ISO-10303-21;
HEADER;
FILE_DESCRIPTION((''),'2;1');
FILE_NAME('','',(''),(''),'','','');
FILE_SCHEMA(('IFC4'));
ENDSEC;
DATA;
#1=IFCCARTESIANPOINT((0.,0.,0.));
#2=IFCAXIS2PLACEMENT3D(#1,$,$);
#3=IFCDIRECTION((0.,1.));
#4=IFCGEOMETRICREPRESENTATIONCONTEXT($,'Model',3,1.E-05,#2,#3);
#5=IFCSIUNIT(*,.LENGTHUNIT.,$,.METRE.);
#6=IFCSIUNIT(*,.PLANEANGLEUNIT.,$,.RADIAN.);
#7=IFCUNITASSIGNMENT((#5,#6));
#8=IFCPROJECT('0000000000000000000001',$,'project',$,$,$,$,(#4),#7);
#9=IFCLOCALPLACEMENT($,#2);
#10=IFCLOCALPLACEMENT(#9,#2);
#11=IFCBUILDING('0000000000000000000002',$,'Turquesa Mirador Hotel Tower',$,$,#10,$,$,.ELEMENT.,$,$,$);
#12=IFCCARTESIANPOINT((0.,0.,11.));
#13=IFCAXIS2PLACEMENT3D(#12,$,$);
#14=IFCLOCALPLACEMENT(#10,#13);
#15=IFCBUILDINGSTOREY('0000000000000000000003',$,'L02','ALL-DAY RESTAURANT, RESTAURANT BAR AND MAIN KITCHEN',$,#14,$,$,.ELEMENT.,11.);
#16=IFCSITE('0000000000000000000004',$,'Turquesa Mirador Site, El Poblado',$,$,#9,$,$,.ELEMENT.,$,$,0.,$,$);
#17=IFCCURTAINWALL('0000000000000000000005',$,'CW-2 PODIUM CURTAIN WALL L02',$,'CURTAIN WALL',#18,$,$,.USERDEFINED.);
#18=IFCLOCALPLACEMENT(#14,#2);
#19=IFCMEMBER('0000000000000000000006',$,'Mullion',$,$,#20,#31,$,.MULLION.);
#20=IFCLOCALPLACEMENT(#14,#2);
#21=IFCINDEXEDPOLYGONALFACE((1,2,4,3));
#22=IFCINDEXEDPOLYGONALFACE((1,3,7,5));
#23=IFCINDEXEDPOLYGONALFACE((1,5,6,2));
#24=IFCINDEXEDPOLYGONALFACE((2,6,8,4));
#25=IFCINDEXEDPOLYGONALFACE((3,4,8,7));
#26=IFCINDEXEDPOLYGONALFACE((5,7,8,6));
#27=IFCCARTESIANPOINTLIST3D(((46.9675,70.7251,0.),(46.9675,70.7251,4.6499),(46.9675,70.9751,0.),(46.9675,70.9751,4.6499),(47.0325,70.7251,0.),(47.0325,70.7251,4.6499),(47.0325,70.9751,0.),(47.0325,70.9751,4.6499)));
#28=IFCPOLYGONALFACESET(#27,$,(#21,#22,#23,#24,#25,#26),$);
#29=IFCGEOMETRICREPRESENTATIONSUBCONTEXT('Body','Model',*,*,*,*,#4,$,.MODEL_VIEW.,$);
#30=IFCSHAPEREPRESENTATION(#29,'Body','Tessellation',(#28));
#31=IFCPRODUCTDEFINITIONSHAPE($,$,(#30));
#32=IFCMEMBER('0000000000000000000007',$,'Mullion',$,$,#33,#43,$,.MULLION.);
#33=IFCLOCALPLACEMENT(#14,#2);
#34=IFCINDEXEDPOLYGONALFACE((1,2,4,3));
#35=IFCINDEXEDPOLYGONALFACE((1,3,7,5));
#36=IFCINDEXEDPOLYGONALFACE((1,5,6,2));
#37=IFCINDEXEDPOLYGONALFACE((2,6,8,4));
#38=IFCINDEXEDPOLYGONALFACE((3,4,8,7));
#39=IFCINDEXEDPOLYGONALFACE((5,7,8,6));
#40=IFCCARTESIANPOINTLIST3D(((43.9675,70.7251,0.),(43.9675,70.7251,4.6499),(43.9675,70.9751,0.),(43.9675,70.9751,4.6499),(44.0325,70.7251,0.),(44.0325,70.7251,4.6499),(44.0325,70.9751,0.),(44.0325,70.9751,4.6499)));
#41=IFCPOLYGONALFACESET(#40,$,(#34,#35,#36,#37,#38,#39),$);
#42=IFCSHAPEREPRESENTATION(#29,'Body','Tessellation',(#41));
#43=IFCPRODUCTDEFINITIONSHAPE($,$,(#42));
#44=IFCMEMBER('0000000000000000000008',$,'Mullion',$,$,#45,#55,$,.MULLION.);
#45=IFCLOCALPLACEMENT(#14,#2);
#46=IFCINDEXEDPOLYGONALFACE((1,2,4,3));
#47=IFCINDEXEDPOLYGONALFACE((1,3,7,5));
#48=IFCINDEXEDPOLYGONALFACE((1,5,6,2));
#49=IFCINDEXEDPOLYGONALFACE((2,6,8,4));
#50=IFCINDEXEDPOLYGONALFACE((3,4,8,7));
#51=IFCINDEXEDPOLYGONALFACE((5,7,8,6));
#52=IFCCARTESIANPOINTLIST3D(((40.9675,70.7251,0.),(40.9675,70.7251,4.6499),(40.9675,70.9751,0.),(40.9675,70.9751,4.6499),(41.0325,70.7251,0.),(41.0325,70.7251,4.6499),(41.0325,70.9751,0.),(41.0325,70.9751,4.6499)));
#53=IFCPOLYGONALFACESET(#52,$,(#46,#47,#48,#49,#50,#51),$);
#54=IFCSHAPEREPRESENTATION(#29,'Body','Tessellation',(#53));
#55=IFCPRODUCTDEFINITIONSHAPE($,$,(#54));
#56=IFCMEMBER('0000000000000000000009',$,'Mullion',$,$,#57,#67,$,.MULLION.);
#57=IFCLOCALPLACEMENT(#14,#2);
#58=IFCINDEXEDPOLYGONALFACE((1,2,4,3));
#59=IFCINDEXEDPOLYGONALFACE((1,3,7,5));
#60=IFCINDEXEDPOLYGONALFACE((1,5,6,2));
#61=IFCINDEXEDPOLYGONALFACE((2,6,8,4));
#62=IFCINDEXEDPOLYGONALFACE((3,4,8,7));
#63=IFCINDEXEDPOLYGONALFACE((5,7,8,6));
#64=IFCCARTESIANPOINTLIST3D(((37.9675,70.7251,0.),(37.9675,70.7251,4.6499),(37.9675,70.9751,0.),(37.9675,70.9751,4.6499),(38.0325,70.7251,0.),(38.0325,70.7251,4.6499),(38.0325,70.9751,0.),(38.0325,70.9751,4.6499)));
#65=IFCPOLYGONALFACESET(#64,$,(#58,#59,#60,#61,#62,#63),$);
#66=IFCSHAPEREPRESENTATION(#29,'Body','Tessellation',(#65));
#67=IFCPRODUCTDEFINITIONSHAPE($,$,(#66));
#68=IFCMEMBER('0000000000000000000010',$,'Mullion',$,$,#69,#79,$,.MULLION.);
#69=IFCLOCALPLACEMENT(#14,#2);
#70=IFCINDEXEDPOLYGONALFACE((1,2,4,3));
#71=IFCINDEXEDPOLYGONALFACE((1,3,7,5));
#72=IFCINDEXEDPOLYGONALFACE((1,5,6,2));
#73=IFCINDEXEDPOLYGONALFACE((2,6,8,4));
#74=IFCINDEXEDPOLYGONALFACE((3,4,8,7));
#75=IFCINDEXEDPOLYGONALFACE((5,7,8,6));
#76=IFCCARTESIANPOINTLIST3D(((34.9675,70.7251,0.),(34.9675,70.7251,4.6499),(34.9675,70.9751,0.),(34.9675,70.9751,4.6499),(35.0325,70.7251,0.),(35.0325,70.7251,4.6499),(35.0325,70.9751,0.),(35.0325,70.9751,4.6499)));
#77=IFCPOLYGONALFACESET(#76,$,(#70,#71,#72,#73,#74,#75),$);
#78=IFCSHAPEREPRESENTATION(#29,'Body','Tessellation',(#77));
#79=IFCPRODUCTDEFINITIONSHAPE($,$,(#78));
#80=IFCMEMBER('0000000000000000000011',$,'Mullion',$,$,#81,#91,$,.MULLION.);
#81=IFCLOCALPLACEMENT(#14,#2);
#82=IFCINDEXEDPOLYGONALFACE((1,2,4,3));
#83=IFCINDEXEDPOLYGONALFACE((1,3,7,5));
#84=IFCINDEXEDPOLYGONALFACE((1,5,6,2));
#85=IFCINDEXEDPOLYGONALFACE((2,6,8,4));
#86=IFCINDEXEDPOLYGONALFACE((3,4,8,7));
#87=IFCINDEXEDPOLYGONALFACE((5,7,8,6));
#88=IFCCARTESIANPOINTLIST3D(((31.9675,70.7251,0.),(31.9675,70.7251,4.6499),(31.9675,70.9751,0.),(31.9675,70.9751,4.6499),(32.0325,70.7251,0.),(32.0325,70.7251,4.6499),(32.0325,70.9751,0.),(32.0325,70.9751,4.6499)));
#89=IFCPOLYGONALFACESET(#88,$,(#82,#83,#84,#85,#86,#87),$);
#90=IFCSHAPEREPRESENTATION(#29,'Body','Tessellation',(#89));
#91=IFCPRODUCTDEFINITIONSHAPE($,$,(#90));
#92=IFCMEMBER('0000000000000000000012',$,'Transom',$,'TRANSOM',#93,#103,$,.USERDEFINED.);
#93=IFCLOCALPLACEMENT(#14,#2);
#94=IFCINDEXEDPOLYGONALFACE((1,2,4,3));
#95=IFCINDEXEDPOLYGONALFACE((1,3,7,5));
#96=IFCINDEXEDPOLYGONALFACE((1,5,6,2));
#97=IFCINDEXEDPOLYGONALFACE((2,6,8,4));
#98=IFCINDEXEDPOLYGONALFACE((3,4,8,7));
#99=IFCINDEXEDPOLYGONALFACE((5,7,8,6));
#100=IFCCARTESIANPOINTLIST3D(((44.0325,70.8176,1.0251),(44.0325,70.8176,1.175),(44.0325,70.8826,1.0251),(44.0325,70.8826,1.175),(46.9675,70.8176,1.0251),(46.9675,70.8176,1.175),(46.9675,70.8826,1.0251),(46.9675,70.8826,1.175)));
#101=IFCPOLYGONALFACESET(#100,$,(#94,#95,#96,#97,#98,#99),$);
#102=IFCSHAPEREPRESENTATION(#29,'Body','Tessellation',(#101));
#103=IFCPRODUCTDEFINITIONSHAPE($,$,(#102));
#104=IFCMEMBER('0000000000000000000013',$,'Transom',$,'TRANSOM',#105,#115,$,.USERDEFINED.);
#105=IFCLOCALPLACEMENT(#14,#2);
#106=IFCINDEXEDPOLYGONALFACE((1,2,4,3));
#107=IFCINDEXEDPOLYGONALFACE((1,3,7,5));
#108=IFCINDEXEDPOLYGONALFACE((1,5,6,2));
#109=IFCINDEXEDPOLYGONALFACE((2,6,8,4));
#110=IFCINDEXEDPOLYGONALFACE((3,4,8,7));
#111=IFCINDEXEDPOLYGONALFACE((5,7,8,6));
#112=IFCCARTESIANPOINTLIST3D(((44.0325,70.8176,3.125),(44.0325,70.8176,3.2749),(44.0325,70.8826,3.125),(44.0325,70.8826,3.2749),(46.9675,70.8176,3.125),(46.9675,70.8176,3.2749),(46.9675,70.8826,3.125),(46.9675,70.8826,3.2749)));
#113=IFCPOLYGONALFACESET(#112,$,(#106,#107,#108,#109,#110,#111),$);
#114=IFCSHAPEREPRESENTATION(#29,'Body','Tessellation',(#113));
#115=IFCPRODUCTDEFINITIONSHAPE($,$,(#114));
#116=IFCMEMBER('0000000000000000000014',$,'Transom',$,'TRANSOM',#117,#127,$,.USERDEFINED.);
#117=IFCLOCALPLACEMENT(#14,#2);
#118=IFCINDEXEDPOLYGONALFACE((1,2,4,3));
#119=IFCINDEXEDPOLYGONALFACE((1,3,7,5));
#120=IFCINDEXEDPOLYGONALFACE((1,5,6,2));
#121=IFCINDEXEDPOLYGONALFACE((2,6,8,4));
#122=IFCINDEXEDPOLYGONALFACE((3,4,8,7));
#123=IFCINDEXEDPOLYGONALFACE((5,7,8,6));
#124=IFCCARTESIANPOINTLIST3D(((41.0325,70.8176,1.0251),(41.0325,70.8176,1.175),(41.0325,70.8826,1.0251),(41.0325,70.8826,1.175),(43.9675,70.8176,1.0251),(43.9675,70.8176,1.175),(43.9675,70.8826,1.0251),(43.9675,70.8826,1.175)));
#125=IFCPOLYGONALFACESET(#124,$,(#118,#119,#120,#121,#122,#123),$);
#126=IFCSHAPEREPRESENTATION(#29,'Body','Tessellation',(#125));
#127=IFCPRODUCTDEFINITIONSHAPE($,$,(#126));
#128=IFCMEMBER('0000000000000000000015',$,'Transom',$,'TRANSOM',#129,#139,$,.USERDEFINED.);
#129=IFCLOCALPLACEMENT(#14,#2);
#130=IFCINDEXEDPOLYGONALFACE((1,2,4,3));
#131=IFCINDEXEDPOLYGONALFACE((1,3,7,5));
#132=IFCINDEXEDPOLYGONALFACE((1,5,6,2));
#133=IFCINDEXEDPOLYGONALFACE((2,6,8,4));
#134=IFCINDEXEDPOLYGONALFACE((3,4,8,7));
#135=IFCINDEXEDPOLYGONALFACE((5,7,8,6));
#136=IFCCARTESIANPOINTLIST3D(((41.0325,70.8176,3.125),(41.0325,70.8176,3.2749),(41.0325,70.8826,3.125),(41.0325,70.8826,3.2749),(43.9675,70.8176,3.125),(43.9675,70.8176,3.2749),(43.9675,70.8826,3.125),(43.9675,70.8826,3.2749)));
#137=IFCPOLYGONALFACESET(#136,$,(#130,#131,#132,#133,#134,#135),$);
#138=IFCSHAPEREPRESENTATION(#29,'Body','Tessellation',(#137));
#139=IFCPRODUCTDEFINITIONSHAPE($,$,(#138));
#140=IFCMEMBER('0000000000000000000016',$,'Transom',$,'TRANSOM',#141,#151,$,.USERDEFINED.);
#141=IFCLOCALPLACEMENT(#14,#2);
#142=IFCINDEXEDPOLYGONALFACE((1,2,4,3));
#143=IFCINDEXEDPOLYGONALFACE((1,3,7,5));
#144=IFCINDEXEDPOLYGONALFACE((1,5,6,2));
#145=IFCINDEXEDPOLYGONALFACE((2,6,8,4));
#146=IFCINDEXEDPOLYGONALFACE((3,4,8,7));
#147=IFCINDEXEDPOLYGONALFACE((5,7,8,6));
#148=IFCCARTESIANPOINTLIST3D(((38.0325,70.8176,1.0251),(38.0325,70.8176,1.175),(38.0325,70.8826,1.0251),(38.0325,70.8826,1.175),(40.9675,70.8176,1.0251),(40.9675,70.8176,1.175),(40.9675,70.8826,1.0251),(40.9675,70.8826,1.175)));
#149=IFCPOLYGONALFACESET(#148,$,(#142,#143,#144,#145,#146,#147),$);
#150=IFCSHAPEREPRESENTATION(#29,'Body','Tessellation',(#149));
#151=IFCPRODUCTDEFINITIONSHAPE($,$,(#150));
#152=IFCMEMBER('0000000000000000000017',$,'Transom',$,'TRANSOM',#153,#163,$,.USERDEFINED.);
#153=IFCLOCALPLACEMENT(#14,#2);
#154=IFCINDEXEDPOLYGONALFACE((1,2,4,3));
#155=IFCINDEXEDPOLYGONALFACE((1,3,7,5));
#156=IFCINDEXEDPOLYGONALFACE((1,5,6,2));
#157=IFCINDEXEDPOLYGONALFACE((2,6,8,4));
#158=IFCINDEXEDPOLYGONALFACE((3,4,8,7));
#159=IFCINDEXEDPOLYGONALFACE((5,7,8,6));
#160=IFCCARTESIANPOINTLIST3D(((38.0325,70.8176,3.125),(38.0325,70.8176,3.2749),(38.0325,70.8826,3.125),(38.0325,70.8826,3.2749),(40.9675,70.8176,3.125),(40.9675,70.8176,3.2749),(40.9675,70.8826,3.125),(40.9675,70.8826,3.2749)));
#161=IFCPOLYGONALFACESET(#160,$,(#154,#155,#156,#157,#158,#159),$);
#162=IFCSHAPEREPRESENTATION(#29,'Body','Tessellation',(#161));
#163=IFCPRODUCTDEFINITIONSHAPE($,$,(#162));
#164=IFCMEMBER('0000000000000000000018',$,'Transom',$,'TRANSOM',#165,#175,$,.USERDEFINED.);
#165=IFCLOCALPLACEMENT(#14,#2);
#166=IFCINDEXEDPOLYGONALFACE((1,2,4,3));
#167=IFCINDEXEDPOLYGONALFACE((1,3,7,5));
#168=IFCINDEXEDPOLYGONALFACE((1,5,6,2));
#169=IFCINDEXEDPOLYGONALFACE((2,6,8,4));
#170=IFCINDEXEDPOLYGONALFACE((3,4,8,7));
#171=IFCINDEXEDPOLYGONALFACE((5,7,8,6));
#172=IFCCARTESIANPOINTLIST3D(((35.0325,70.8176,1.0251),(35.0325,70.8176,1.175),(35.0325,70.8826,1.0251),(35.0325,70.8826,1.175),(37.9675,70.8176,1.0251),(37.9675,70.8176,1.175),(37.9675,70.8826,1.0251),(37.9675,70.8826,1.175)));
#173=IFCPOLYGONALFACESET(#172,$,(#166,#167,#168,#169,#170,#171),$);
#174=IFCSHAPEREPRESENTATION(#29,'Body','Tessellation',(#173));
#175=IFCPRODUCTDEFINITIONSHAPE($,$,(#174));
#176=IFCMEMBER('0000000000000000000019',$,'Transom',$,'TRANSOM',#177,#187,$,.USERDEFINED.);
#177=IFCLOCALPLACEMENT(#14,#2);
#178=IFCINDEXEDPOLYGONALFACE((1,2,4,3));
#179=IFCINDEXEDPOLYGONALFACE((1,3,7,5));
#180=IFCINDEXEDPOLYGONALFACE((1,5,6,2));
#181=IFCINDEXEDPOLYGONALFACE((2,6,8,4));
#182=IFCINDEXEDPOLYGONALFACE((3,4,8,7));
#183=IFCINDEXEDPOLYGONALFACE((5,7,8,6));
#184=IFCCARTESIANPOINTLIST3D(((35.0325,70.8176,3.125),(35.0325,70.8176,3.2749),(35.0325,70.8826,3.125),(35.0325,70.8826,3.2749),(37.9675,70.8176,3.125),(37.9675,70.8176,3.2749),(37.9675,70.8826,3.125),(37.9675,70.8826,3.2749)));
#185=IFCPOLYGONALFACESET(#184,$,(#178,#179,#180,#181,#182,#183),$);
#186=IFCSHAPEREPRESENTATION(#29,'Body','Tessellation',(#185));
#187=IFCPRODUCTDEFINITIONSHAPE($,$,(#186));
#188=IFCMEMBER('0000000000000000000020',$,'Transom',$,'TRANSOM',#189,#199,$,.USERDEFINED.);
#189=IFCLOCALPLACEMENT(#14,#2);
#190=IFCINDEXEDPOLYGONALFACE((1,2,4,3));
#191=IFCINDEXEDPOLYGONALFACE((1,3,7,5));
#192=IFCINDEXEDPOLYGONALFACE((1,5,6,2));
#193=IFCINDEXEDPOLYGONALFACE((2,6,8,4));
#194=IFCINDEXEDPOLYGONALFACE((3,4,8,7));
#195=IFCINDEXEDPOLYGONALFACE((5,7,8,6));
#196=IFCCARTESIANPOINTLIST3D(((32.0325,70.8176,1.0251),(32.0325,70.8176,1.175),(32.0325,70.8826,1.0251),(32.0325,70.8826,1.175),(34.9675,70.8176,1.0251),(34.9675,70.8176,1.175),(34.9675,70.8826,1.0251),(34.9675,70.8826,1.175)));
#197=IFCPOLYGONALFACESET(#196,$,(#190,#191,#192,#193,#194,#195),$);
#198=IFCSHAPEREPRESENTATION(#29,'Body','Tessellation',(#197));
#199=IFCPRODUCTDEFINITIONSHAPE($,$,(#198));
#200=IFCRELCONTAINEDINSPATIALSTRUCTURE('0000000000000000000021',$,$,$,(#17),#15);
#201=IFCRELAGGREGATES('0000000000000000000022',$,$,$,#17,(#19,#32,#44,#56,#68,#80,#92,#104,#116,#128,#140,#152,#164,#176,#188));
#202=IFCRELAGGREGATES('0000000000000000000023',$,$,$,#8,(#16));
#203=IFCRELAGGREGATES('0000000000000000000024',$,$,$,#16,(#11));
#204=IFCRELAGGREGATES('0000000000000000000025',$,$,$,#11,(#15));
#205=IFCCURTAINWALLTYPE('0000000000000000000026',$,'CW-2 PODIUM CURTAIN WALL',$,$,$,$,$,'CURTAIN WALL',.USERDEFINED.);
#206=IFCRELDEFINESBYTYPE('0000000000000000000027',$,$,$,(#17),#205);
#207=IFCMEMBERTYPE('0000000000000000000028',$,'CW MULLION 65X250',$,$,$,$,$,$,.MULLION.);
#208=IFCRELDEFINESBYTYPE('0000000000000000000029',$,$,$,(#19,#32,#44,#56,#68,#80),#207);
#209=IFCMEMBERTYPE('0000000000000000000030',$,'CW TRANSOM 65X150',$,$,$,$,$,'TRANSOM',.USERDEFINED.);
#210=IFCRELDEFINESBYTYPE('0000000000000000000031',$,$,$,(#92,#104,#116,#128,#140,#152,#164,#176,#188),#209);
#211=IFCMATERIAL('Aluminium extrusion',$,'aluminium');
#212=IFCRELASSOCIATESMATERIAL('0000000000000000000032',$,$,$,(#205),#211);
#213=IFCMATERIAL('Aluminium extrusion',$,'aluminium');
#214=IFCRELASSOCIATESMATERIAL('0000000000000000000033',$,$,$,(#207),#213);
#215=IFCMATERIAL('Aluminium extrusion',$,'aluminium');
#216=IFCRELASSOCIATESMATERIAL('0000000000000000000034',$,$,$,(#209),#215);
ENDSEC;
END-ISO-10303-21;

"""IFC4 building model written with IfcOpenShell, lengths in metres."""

from ifc_helpers import new_model, si_unit, direction, frame, origin, origin_2d, place, context, subcontext, project, spatial, rectangle, extrude, material, material_profile, profile_set, type_object, element, aggregate, save


model = new_model("IFC4")

# Units and contexts
model_context = context("Model", 3, precision=1e-05, world=origin(), true_north=direction((0.0, 1.0)))
body_context = subcontext(model_context, "Body", "Model", "MODEL_VIEW")
ifc_project = project(units=[si_unit("LENGTHUNIT", "METRE"), si_unit("PLANEANGLEUNIT", "RADIAN")], contexts=[model_context])

# Site, building, storey
site_placement = place(None, origin())
site = spatial("IfcSite", under=ifc_project, at=site_placement, Name="Turquesa Mirador Site, El Poblado", CompositionType="ELEMENT", RefElevation=0.0)
building_placement = place(site_placement, origin())
building = spatial("IfcBuilding", under=site, at=building_placement, Name="Turquesa Mirador Hotel Tower", CompositionType="ELEMENT")
storey_placement = place(building_placement, frame((0.0, 0.0, 11.0)))
storey = spatial("IfcBuildingStorey", under=building, at=storey_placement, Name="L02", Description="ALL-DAY RESTAURANT, RESTAURANT BAR AND MAIN KITCHEN", CompositionType="ELEMENT", Elevation=11.0)

# Curtain wall, members
ifc_material_1 = material(Name="Aluminium extrusion", Category="aluminium")
curtain_wall_type = type_object("IfcCurtainWallType", Name="CW-2 PODIUM CURTAIN WALL", ElementType="CURTAIN WALL", PredefinedType="USERDEFINED", material=ifc_material_1)
curtain_wall_placement = place(storey_placement, origin())
curtain_wall = element("IfcCurtainWall", 1, at=curtain_wall_placement, inside=storey, type_object=curtain_wall_type, Name="CW-2 PODIUM CURTAIN WALL L02", ObjectType="CURTAIN WALL", PredefinedType="USERDEFINED")
ifc_material_2 = material(Name="Aluminium extrusion", Category="aluminium")
ifc_material_profile_1 = material_profile(ifc_material_2, rectangle(XDim=0.0649, YDim=0.25, at=origin_2d()), Name="MULLION 65X250")
ifc_profile_set_1 = profile_set([ifc_material_profile_1], Name="Aluminium extrusion")
member_type_1 = type_object("IfcMemberType", Name="CW MULLION 65X250", PredefinedType="MULLION", material=ifc_profile_set_1)
member_1_placement = place(storey_placement, frame((47.0, 70.8501, 0.0), z_axis=(0.0, 0.0, 1.0), x_axis=(-1.0, 0.0, 0.0)))
member_1 = element("IfcMember", 2, at=member_1_placement, type_object=member_type_1, Name="Mullion", PredefinedType="MULLION", context=body_context, shape_type="SweptSolid", body=[
    extrude(rectangle(XDim=0.0649, YDim=0.25, at=origin_2d()), origin(), (0.0, 0.0, 1.0), 4.6499),
])
member_2_placement = place(storey_placement, frame((44.0, 70.8501, 0.0), z_axis=(0.0, 0.0, 1.0), x_axis=(-1.0, 0.0, 0.0)))
member_2 = element("IfcMember", 3, at=member_2_placement, type_object=member_type_1, Name="Mullion", PredefinedType="MULLION", context=body_context, shape_type="SweptSolid", body=[
    extrude(rectangle(XDim=0.0649, YDim=0.25, at=origin_2d()), origin(), (0.0, 0.0, 1.0), 4.6499),
])
member_3_placement = place(storey_placement, frame((41.0, 70.8501, 0.0), z_axis=(0.0, 0.0, 1.0), x_axis=(-1.0, 0.0, 0.0)))
member_3 = element("IfcMember", 4, at=member_3_placement, type_object=member_type_1, Name="Mullion", PredefinedType="MULLION", context=body_context, shape_type="SweptSolid", body=[
    extrude(rectangle(XDim=0.0649, YDim=0.25, at=origin_2d()), origin(), (0.0, 0.0, 1.0), 4.6499),
])
member_4_placement = place(storey_placement, frame((38.0, 70.8501, 0.0), z_axis=(0.0, 0.0, 1.0), x_axis=(-1.0, 0.0, 0.0)))
member_4 = element("IfcMember", 5, at=member_4_placement, type_object=member_type_1, Name="Mullion", PredefinedType="MULLION", context=body_context, shape_type="SweptSolid", body=[
    extrude(rectangle(XDim=0.0649, YDim=0.25, at=origin_2d()), origin(), (0.0, 0.0, 1.0), 4.6499),
])
member_5_placement = place(storey_placement, frame((35.0, 70.8501, 0.0), z_axis=(0.0, 0.0, 1.0), x_axis=(-1.0, 0.0, 0.0)))
member_5 = element("IfcMember", 6, at=member_5_placement, type_object=member_type_1, Name="Mullion", PredefinedType="MULLION", context=body_context, shape_type="SweptSolid", body=[
    extrude(rectangle(XDim=0.0649, YDim=0.25, at=origin_2d()), origin(), (0.0, 0.0, 1.0), 4.6499),
])
member_6_placement = place(storey_placement, frame((32.0, 70.8501, 0.0), z_axis=(0.0, 0.0, 1.0), x_axis=(-1.0, 0.0, 0.0)))
member_6 = element("IfcMember", 7, at=member_6_placement, type_object=member_type_1, Name="Mullion", PredefinedType="MULLION", context=body_context, shape_type="SweptSolid", body=[
    extrude(rectangle(XDim=0.0649, YDim=0.25, at=origin_2d()), origin(), (0.0, 0.0, 1.0), 4.6499),
])
ifc_material_3 = material(Name="Aluminium extrusion", Category="aluminium")
ifc_material_profile_2 = material_profile(ifc_material_3, rectangle(XDim=0.0649, YDim=0.1499, at=origin_2d()), Name="TRANSOM 65X150")
ifc_profile_set_2 = profile_set([ifc_material_profile_2], Name="Aluminium extrusion")
member_type_2 = type_object("IfcMemberType", Name="CW TRANSOM 65X150", ElementType="TRANSOM", PredefinedType="USERDEFINED", material=ifc_profile_set_2)
member_7_placement = place(storey_placement, frame((46.9675, 70.8501, 1.1001), z_axis=(-1.0, 0.0, 0.0), x_axis=(0.0, -1.0, 0.0)))
member_7 = element("IfcMember", 8, at=member_7_placement, type_object=member_type_2, Name="Transom", ObjectType="TRANSOM", PredefinedType="USERDEFINED", context=body_context, shape_type="SweptSolid", body=[
    extrude(rectangle(XDim=0.0649, YDim=0.1499, at=origin_2d()), origin(), (0.0, 0.0, 1.0), 2.9351),
])
member_8_placement = place(storey_placement, frame((46.9675, 70.8501, 3.2), z_axis=(-1.0, 0.0, 0.0), x_axis=(0.0, -1.0, 0.0)))
member_8 = element("IfcMember", 9, at=member_8_placement, type_object=member_type_2, Name="Transom", ObjectType="TRANSOM", PredefinedType="USERDEFINED", context=body_context, shape_type="SweptSolid", body=[
    extrude(rectangle(XDim=0.0649, YDim=0.1499, at=origin_2d()), origin(), (0.0, 0.0, 1.0), 2.9351),
])
member_9_placement = place(storey_placement, frame((43.9675, 70.8501, 1.1001), z_axis=(-1.0, 0.0, 0.0), x_axis=(0.0, -1.0, 0.0)))
member_9 = element("IfcMember", 10, at=member_9_placement, type_object=member_type_2, Name="Transom", ObjectType="TRANSOM", PredefinedType="USERDEFINED", context=body_context, shape_type="SweptSolid", body=[
    extrude(rectangle(XDim=0.0649, YDim=0.1499, at=origin_2d()), origin(), (0.0, 0.0, 1.0), 2.9351),
])
member_10_placement = place(storey_placement, frame((43.9675, 70.8501, 3.2), z_axis=(-1.0, 0.0, 0.0), x_axis=(0.0, -1.0, 0.0)))
member_10 = element("IfcMember", 11, at=member_10_placement, type_object=member_type_2, Name="Transom", ObjectType="TRANSOM", PredefinedType="USERDEFINED", context=body_context, shape_type="SweptSolid", body=[
    extrude(rectangle(XDim=0.0649, YDim=0.1499, at=origin_2d()), origin(), (0.0, 0.0, 1.0), 2.9351),
])
member_11_placement = place(storey_placement, frame((40.9675, 70.8501, 1.1001), z_axis=(-1.0, 0.0, 0.0), x_axis=(0.0, -1.0, 0.0)))
member_11 = element("IfcMember", 12, at=member_11_placement, type_object=member_type_2, Name="Transom", ObjectType="TRANSOM", PredefinedType="USERDEFINED", context=body_context, shape_type="SweptSolid", body=[
    extrude(rectangle(XDim=0.0649, YDim=0.1499, at=origin_2d()), origin(), (0.0, 0.0, 1.0), 2.9351),
])
member_12_placement = place(storey_placement, frame((40.9675, 70.8501, 3.2), z_axis=(-1.0, 0.0, 0.0), x_axis=(0.0, -1.0, 0.0)))
member_12 = element("IfcMember", 13, at=member_12_placement, type_object=member_type_2, Name="Transom", ObjectType="TRANSOM", PredefinedType="USERDEFINED", context=body_context, shape_type="SweptSolid", body=[
    extrude(rectangle(XDim=0.0649, YDim=0.1499, at=origin_2d()), origin(), (0.0, 0.0, 1.0), 2.9351),
])
member_13_placement = place(storey_placement, frame((37.9675, 70.8501, 1.1001), z_axis=(-1.0, 0.0, 0.0), x_axis=(0.0, -1.0, 0.0)))
member_13 = element("IfcMember", 14, at=member_13_placement, type_object=member_type_2, Name="Transom", ObjectType="TRANSOM", PredefinedType="USERDEFINED", context=body_context, shape_type="SweptSolid", body=[
    extrude(rectangle(XDim=0.0649, YDim=0.1499, at=origin_2d()), origin(), (0.0, 0.0, 1.0), 2.9351),
])
member_14_placement = place(storey_placement, frame((37.9675, 70.8501, 3.2), z_axis=(-1.0, 0.0, 0.0), x_axis=(0.0, -1.0, 0.0)))
member_14 = element("IfcMember", 15, at=member_14_placement, type_object=member_type_2, Name="Transom", ObjectType="TRANSOM", PredefinedType="USERDEFINED", context=body_context, shape_type="SweptSolid", body=[
    extrude(rectangle(XDim=0.0649, YDim=0.1499, at=origin_2d()), origin(), (0.0, 0.0, 1.0), 2.9351),
])
member_15_placement = place(storey_placement, frame((34.9675, 70.8501, 1.1001), z_axis=(-1.0, 0.0, 0.0), x_axis=(0.0, -1.0, 0.0)))
member_15 = element("IfcMember", 16, at=member_15_placement, type_object=member_type_2, Name="Transom", ObjectType="TRANSOM", PredefinedType="USERDEFINED", context=body_context, shape_type="SweptSolid", body=[
    extrude(rectangle(XDim=0.0649, YDim=0.1499, at=origin_2d()), origin(), (0.0, 0.0, 1.0), 2.9351),
])
aggregate(curtain_wall, [member_1, member_2, member_3, member_4, member_5, member_6, member_7, member_8, member_9, member_10, member_11, member_12, member_13, member_14, member_15])

save(model, "model.ifc")
